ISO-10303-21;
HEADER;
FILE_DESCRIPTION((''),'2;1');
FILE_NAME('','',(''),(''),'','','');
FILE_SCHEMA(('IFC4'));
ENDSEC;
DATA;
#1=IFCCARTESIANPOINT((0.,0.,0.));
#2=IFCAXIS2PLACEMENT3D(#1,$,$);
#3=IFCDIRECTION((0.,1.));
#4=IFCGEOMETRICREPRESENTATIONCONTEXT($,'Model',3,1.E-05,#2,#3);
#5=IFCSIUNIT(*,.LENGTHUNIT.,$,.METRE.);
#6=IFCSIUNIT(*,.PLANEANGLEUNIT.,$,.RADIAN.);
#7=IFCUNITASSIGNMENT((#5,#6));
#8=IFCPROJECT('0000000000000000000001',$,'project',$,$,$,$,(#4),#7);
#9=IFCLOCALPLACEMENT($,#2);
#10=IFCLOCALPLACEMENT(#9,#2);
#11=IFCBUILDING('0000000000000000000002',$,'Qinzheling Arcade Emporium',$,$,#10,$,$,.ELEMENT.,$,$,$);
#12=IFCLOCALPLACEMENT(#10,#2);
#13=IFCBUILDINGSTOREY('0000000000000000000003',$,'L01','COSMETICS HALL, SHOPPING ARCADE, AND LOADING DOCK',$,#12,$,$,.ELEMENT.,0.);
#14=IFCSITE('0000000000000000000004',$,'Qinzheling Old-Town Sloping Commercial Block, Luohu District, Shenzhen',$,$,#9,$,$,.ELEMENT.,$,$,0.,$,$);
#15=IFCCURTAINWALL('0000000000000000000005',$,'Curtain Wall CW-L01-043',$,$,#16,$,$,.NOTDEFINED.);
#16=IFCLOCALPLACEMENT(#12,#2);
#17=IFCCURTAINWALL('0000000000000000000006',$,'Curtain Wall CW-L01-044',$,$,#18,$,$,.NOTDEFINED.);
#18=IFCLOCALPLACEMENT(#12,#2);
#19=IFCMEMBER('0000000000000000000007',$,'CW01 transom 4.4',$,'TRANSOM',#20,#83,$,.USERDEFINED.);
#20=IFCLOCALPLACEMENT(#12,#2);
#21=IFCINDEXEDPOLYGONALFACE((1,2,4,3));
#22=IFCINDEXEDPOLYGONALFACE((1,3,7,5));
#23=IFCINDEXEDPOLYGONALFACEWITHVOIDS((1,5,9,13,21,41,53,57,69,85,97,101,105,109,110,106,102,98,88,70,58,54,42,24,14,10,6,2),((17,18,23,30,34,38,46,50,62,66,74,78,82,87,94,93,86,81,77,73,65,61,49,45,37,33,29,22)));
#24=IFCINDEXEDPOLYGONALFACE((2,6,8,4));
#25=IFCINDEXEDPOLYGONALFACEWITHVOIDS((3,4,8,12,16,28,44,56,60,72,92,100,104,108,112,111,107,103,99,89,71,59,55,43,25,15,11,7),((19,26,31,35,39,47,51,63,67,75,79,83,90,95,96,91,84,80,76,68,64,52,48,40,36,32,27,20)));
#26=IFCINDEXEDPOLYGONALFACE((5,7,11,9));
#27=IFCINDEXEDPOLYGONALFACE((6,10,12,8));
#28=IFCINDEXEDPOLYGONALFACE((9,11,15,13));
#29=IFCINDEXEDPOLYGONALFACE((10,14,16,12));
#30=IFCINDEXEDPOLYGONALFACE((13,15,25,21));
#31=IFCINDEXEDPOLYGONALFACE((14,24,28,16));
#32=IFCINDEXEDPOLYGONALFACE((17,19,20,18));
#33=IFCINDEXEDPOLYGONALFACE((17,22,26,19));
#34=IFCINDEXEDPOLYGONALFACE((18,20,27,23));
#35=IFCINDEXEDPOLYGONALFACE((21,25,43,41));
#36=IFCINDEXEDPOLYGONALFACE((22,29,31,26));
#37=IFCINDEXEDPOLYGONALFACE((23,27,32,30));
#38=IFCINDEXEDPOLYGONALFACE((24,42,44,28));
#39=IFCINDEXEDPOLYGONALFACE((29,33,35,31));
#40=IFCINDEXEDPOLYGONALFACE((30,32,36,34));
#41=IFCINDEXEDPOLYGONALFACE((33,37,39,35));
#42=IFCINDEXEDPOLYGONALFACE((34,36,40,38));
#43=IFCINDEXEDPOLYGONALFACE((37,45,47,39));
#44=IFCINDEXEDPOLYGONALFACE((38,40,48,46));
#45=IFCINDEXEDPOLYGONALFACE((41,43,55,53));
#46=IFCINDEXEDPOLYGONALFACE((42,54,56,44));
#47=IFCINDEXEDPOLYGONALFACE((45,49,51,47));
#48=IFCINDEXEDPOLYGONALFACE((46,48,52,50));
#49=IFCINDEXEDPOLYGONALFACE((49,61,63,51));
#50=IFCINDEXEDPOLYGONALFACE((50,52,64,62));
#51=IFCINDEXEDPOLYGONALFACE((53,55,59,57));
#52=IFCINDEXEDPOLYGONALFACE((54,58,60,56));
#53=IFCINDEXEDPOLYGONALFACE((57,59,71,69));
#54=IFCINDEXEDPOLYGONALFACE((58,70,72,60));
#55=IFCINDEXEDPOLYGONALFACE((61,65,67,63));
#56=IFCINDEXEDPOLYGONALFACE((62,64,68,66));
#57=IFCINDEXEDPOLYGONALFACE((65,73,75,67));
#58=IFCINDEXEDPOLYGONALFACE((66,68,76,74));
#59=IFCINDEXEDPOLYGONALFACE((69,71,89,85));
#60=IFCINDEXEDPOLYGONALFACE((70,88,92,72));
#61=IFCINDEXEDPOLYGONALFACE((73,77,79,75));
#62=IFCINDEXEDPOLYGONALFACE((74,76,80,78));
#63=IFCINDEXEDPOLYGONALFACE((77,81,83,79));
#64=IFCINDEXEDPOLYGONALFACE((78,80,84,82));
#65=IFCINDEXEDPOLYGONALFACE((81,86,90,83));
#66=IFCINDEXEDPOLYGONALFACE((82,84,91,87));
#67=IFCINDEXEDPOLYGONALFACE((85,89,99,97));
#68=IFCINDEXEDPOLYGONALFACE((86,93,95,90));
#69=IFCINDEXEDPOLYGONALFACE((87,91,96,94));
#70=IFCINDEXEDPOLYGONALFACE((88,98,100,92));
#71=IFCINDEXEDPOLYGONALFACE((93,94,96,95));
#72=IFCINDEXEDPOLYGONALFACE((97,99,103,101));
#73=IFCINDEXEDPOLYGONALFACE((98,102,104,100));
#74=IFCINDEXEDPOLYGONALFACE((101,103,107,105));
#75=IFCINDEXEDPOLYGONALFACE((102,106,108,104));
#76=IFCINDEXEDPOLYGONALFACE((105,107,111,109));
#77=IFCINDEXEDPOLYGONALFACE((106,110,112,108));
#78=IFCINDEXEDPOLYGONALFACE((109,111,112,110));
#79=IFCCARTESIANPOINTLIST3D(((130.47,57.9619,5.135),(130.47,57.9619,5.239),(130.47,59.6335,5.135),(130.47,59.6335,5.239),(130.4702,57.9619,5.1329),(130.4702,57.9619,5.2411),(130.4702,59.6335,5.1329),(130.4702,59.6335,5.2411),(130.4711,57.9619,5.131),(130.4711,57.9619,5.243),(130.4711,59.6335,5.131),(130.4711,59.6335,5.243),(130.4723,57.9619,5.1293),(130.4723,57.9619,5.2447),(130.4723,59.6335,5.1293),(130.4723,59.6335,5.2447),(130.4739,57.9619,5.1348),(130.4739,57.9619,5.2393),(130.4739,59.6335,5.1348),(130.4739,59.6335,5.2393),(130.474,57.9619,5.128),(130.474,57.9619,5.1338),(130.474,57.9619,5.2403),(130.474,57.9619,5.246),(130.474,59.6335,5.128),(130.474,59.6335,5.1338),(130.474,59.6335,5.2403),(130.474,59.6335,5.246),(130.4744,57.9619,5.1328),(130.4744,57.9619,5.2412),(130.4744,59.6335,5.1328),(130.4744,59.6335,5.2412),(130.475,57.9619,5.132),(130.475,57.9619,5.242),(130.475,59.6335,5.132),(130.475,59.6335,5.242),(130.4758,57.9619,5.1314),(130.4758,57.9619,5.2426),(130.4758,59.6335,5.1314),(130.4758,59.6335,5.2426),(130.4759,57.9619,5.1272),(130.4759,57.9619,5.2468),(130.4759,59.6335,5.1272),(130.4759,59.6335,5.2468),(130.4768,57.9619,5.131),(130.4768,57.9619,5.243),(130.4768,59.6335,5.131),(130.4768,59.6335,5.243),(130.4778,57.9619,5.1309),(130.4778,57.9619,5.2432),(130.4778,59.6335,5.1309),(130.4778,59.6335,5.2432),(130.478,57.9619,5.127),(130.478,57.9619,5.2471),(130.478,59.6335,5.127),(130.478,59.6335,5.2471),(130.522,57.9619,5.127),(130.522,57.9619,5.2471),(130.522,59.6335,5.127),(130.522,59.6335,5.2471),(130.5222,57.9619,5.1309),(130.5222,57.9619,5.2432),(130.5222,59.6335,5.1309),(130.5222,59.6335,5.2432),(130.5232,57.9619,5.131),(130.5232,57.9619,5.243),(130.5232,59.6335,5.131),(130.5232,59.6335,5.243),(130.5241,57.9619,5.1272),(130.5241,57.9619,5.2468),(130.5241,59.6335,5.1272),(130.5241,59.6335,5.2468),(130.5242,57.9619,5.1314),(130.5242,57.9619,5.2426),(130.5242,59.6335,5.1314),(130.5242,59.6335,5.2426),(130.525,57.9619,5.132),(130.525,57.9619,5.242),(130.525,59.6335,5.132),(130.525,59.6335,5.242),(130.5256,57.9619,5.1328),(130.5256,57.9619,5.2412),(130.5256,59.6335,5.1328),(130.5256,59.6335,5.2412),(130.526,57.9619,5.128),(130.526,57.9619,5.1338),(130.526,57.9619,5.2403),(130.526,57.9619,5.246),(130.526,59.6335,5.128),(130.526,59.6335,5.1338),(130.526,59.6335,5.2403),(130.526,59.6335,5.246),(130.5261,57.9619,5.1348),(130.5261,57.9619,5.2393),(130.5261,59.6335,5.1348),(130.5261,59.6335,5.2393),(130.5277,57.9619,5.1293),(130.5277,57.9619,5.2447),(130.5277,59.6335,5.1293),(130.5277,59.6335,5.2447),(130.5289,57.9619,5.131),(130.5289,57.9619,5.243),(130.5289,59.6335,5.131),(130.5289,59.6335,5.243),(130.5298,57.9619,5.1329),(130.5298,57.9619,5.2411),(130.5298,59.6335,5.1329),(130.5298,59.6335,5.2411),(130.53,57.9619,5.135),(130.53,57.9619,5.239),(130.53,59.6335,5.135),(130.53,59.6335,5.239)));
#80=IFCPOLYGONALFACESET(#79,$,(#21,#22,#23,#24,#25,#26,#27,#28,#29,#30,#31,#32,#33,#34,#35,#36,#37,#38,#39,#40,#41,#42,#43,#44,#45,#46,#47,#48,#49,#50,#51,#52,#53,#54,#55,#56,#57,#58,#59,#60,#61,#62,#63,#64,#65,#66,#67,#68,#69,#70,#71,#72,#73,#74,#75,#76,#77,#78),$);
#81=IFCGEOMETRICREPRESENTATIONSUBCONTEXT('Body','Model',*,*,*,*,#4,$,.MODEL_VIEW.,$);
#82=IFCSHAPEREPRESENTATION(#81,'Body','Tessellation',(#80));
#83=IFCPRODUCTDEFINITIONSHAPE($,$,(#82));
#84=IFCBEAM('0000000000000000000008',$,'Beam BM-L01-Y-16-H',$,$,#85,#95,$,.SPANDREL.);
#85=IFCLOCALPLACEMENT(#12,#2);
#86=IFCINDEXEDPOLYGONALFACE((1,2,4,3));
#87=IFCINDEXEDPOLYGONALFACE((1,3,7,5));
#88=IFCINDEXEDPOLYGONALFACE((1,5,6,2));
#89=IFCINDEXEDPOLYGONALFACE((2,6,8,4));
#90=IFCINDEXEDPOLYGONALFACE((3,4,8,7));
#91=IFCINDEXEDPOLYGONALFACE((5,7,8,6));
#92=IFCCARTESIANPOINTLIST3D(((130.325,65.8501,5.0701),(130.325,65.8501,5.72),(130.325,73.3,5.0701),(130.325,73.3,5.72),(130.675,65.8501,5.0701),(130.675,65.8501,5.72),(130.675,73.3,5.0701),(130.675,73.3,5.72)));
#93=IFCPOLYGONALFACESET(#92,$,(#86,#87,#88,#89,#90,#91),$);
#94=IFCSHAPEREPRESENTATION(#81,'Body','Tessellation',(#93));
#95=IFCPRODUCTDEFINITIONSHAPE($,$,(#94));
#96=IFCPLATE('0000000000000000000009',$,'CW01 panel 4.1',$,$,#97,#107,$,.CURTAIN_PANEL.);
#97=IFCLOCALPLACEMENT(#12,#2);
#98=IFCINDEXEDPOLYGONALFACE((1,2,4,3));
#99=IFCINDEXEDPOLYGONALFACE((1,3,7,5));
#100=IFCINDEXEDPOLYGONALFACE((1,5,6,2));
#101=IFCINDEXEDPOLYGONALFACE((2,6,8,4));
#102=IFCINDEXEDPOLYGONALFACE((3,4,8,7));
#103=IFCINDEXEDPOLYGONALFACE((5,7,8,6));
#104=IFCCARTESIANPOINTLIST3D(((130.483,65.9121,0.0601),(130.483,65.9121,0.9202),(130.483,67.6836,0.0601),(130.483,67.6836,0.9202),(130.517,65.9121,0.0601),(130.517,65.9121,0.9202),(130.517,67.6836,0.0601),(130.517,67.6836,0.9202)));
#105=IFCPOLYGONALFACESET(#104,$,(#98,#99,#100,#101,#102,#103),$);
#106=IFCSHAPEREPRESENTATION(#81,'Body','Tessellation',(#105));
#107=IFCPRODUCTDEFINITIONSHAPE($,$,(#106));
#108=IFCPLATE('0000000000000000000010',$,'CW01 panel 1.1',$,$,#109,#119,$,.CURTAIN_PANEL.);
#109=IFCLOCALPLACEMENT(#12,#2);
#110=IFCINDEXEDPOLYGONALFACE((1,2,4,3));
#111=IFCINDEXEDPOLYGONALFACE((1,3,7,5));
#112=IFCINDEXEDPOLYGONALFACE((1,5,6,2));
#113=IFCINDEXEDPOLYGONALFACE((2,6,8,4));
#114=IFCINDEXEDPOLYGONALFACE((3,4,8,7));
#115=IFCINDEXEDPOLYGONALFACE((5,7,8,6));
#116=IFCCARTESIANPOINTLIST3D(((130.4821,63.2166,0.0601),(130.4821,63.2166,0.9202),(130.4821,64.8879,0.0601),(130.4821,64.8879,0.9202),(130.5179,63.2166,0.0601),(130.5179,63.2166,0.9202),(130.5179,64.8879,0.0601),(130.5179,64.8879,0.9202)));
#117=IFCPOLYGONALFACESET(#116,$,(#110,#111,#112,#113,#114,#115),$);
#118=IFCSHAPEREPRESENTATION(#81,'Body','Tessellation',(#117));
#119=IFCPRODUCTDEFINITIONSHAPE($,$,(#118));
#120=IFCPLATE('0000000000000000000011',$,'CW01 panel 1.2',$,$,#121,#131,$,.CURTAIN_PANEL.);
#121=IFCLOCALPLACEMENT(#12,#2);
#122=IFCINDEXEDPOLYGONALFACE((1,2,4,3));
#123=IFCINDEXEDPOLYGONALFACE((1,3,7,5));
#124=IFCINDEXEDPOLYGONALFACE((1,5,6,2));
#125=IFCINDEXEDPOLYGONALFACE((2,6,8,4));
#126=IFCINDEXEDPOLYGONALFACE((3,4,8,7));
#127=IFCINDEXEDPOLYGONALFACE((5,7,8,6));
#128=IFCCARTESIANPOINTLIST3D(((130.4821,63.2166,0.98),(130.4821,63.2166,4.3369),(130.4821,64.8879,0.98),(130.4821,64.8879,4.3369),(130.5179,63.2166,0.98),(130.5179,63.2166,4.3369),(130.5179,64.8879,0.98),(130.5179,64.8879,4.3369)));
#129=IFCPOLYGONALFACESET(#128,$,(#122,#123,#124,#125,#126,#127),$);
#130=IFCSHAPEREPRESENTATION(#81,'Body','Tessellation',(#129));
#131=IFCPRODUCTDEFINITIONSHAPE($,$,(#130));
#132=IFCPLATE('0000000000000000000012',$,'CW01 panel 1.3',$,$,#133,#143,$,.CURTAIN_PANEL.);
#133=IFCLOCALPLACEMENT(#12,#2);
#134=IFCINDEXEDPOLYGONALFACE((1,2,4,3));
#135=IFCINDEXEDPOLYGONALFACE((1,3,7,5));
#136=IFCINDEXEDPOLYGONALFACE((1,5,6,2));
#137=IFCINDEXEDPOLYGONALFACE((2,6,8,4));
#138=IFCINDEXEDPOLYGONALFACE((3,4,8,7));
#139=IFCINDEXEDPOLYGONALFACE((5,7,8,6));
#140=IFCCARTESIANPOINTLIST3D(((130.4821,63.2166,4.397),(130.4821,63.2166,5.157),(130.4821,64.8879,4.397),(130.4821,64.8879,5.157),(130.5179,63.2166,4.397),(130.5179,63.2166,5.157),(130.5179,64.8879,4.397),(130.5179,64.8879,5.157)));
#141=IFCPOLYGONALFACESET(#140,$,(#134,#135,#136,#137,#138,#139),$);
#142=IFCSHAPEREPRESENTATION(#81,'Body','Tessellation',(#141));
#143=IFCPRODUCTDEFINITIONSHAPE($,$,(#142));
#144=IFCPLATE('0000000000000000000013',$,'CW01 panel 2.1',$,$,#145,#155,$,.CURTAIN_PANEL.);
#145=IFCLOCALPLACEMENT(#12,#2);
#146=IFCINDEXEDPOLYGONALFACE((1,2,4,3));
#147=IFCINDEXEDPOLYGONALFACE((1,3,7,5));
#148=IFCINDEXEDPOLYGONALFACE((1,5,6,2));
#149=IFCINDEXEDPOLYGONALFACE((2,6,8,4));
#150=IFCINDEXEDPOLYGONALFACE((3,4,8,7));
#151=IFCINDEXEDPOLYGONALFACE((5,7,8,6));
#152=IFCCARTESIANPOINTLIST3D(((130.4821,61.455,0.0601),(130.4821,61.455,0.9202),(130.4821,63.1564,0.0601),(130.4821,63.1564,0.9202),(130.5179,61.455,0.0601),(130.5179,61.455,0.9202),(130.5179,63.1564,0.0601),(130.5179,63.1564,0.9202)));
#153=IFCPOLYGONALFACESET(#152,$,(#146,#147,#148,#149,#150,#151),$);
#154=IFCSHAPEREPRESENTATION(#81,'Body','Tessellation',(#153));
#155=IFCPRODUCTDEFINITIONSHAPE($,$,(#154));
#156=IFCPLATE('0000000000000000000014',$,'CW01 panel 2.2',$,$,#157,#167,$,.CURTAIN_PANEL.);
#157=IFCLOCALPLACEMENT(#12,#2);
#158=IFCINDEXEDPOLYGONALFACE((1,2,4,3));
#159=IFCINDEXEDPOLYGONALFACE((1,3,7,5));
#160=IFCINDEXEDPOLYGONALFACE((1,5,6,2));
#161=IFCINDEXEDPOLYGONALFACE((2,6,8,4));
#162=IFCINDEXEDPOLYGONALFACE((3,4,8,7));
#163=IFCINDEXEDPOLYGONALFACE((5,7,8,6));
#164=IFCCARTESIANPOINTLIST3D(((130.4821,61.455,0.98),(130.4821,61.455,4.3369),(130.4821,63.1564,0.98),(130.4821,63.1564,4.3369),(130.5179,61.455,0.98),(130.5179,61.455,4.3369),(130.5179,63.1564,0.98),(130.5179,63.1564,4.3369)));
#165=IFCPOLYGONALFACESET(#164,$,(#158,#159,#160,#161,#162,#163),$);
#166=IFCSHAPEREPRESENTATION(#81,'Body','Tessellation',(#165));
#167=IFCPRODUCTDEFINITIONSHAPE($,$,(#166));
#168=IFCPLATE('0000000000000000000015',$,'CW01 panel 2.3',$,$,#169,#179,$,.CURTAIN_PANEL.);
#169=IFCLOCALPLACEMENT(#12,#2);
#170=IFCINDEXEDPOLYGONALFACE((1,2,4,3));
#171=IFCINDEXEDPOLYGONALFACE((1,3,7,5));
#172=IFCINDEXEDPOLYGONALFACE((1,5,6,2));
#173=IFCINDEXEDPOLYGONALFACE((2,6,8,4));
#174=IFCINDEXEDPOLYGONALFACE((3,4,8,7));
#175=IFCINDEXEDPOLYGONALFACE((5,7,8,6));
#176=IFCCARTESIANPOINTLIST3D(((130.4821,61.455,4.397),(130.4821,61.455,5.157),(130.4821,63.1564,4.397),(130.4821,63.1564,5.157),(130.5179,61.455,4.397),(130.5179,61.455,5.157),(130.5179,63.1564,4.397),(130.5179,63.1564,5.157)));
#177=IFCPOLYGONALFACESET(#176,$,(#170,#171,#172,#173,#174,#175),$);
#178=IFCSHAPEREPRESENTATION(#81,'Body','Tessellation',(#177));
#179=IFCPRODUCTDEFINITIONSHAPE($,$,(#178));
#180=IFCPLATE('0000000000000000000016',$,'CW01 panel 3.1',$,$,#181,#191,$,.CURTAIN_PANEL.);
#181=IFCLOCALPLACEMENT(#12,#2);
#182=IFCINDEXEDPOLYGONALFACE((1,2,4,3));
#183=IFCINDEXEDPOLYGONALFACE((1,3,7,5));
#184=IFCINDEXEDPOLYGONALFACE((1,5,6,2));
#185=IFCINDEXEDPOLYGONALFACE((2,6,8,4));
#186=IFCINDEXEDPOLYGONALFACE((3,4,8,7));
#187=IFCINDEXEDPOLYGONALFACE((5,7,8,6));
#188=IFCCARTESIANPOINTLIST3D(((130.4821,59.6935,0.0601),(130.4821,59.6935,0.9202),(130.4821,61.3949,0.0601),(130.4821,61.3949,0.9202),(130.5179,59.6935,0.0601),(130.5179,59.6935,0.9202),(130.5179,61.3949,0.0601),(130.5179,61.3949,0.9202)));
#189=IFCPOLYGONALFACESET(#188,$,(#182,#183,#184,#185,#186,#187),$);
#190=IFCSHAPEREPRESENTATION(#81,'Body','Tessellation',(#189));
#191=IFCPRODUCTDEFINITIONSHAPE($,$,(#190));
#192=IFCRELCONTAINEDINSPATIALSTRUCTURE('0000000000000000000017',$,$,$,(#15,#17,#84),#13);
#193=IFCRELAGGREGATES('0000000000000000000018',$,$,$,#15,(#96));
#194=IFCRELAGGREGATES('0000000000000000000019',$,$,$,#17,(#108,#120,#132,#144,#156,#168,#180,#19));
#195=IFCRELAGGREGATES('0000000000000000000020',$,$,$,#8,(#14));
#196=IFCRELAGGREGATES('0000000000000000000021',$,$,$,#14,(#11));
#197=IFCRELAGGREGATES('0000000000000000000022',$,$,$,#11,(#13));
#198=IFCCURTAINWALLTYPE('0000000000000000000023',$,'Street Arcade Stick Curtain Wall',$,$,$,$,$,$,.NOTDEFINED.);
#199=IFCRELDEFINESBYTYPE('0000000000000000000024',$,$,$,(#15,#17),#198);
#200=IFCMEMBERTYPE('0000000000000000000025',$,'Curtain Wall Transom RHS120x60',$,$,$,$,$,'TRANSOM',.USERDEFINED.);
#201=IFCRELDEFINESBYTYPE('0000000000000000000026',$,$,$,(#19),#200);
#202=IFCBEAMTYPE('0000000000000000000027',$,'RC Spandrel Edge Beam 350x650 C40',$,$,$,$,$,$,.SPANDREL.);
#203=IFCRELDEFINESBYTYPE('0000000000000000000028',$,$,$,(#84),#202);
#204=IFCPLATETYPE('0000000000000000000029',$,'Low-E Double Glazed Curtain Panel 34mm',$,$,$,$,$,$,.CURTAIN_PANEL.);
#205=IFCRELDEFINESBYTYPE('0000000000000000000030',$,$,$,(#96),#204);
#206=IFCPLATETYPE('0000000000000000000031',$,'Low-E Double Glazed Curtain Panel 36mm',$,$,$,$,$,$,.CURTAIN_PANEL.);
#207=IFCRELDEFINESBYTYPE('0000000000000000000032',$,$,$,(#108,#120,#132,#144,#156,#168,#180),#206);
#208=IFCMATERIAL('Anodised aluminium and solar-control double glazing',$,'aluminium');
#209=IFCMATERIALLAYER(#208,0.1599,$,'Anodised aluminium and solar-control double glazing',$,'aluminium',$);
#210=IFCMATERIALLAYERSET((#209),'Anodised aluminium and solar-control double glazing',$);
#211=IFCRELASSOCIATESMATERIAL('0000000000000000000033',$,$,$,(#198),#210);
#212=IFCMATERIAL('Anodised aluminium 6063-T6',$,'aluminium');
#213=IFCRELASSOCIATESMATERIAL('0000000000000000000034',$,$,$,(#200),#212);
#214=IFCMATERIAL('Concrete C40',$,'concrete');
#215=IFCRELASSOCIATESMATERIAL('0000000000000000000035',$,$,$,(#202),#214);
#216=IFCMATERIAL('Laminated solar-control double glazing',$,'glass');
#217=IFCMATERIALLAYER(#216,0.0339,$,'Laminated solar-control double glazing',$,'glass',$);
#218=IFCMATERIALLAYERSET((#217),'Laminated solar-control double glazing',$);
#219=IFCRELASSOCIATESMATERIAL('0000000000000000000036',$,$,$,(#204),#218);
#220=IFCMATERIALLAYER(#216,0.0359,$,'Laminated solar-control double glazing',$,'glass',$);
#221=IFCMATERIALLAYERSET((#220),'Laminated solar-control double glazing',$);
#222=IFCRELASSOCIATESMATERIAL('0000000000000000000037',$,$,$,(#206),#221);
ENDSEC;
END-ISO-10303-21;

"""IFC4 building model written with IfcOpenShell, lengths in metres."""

from ifc_helpers import new_model, si_unit, direction, frame, origin, origin_2d, place, context, subcontext, project, spatial, rectangle, hollow_rectangle, extrude, material, layer, layer_set, material_profile, profile_set, type_object, element, aggregate, save


model = new_model("IFC4")

# Units and contexts
model_context = context("Model", 3, precision=1e-05, world=origin(), true_north=direction((0.0, 1.0)))
body_context = subcontext(model_context, "Body", "Model", "MODEL_VIEW")
ifc_project = project(units=[si_unit("LENGTHUNIT", "METRE"), si_unit("PLANEANGLEUNIT", "RADIAN")], contexts=[model_context])

# Site, building, storey
site_placement = place(None, origin())
site = spatial("IfcSite", under=ifc_project, at=site_placement, Name="Qinzheling Old-Town Sloping Commercial Block, Luohu District, Shenzhen", CompositionType="ELEMENT", RefElevation=0.0)
building_placement = place(site_placement, origin())
building = spatial("IfcBuilding", under=site, at=building_placement, Name="Qinzheling Arcade Emporium", CompositionType="ELEMENT")
storey_placement = place(building_placement, origin())
storey = spatial("IfcBuildingStorey", under=building, at=storey_placement, Name="L01", Description="COSMETICS HALL, SHOPPING ARCADE, AND LOADING DOCK", CompositionType="ELEMENT", Elevation=0.0)

# Curtain wall
ifc_material_1 = material(Name="Anodised aluminium and solar-control double glazing", Category="aluminium")
ifc_layer_1 = layer(ifc_material_1, 0.1599, Name="Anodised aluminium and solar-control double glazing", Category="aluminium")
ifc_layer_set_1 = layer_set([ifc_layer_1], Name="Anodised aluminium and solar-control double glazing")
curtain_wall_type = type_object("IfcCurtainWallType", Name="Street Arcade Stick Curtain Wall", PredefinedType="NOTDEFINED", material=ifc_layer_set_1)
curtain_wall_1_placement = place(storey_placement, origin())
curtain_wall_1 = element("IfcCurtainWall", 1, at=curtain_wall_1_placement, inside=storey, type_object=curtain_wall_type, Name="Curtain Wall CW-L01-043", PredefinedType="NOTDEFINED")
ifc_material_2 = material(Name="Anodised aluminium 6063-T6", Category="aluminium")

# Curtain wall, member
curtain_wall_2_placement = place(storey_placement, origin())
curtain_wall_2 = element("IfcCurtainWall", 2, at=curtain_wall_2_placement, inside=storey, type_object=curtain_wall_type, Name="Curtain Wall CW-L01-044", PredefinedType="NOTDEFINED")
ifc_material_profile_1 = material_profile(ifc_material_2, hollow_rectangle(XDim=0.0601, YDim=0.1201, WallThickness=0.0039, InnerFilletRadius=0.0039, OuterFilletRadius=0.0081, at=origin_2d()), Name="RHS 120x60x4", Category="aluminium")
ifc_profile_set_1 = profile_set([ifc_material_profile_1], Name="Anodised aluminium 6063-T6")
member_type_1 = type_object("IfcMemberType", Name="Curtain Wall Transom RHS120x60", ElementType="TRANSOM", PredefinedType="USERDEFINED", material=ifc_profile_set_1)
member_1_placement = place(storey_placement, frame((130.5, 59.6335, 5.187), z_axis=(0.0, -1.0, 0.0), x_axis=(1.0, 0.0, 0.0)))
member_1 = element("IfcMember", 3, at=member_1_placement, type_object=member_type_1, Name="CW01 transom 4.4", ObjectType="TRANSOM", PredefinedType="USERDEFINED", context=body_context, shape_type="SweptSolid", body=[
    extrude(hollow_rectangle(XDim=0.0601, YDim=0.1201, WallThickness=0.0039, InnerFilletRadius=0.0039, OuterFilletRadius=0.0081, at=origin_2d()), origin(), (0.0, 0.0, 1.0), 1.6716),
])

# Beam
ifc_material_3 = material(Name="Concrete C40", Category="concrete")
ifc_material_profile_2 = material_profile(ifc_material_3, rectangle(XDim=0.3501, YDim=0.6499, at=origin_2d()), Name="RC 350x650", Category="concrete")
ifc_profile_set_2 = profile_set([ifc_material_profile_2], Name="Concrete C40")
beam_type = type_object("IfcBeamType", Name="RC Spandrel Edge Beam 350x650 C40", PredefinedType="SPANDREL", material=ifc_profile_set_2)
beam_placement = place(storey_placement, frame((130.5, 65.8501, 5.395), z_axis=(0.0, 1.0, 0.0), x_axis=(-1.0, 0.0, 0.0)))
element("IfcBeam", 4, at=beam_placement, inside=storey, type_object=beam_type, Name="Beam BM-L01-Y-16-H", PredefinedType="SPANDREL", context=body_context, shape_type="SweptSolid", body=[
    extrude(rectangle(XDim=0.3501, YDim=0.6499, at=origin_2d()), origin(), (0.0, 0.0, 1.0), 7.45),
])

# Plates
ifc_material_4 = material(Name="Laminated solar-control double glazing", Category="glass")
ifc_layer_2 = layer(ifc_material_4, 0.0339, Name="Laminated solar-control double glazing", Category="glass")
ifc_layer_set_2 = layer_set([ifc_layer_2], Name="Laminated solar-control double glazing")
plate_type_1 = type_object("IfcPlateType", Name="Low-E Double Glazed Curtain Panel 34mm", PredefinedType="CURTAIN_PANEL", material=ifc_layer_set_2)
plate_1_placement = place(storey_placement, frame((130.5, 66.7979, 0.0601), z_axis=(0.0, 0.0, 1.0), x_axis=(0.0, -1.0, 0.0)))
plate_1 = element("IfcPlate", 5, at=plate_1_placement, type_object=plate_type_1, Name="CW01 panel 4.1", PredefinedType="CURTAIN_PANEL", context=body_context, shape_type="SweptSolid", body=[
    extrude(rectangle(XDim=1.7715, YDim=0.0339, at=origin_2d()), origin(), (0.0, 0.0, 1.0), 0.8601),
])
aggregate(curtain_wall_1, [plate_1])
ifc_layer_3 = layer(ifc_material_4, 0.0359, Name="Laminated solar-control double glazing", Category="glass")
ifc_layer_set_3 = layer_set([ifc_layer_3], Name="Laminated solar-control double glazing")
plate_type_2 = type_object("IfcPlateType", Name="Low-E Double Glazed Curtain Panel 36mm", PredefinedType="CURTAIN_PANEL", material=ifc_layer_set_3)
plate_2_placement = place(storey_placement, frame((130.5, 64.0522, 0.0601), z_axis=(0.0, 0.0, 1.0), x_axis=(0.0, -1.0, 0.0)))
plate_2 = element("IfcPlate", 6, at=plate_2_placement, type_object=plate_type_2, Name="CW01 panel 1.1", PredefinedType="CURTAIN_PANEL", context=body_context, shape_type="SweptSolid", body=[
    extrude(rectangle(XDim=1.6714, YDim=0.0359, at=origin_2d()), origin(), (0.0, 0.0, 1.0), 0.8601),
])
plate_3_placement = place(storey_placement, frame((130.5, 64.0522, 0.98), z_axis=(0.0, 0.0, 1.0), x_axis=(0.0, -1.0, 0.0)))
plate_3 = element("IfcPlate", 7, at=plate_3_placement, type_object=plate_type_2, Name="CW01 panel 1.2", PredefinedType="CURTAIN_PANEL", context=body_context, shape_type="SweptSolid", body=[
    extrude(rectangle(XDim=1.6714, YDim=0.0359, at=origin_2d()), origin(), (0.0, 0.0, 1.0), 3.3569),
])
plate_4_placement = place(storey_placement, frame((130.5, 64.0522, 4.397), z_axis=(0.0, 0.0, 1.0), x_axis=(0.0, -1.0, 0.0)))
plate_4 = element("IfcPlate", 8, at=plate_4_placement, type_object=plate_type_2, Name="CW01 panel 1.3", PredefinedType="CURTAIN_PANEL", context=body_context, shape_type="SweptSolid", body=[
    extrude(rectangle(XDim=1.6714, YDim=0.0359, at=origin_2d()), origin(), (0.0, 0.0, 1.0), 0.76),
])
plate_5_placement = place(storey_placement, frame((130.5, 62.3057, 0.0601), z_axis=(0.0, 0.0, 1.0), x_axis=(0.0, -1.0, 0.0)))
plate_5 = element("IfcPlate", 9, at=plate_5_placement, type_object=plate_type_2, Name="CW01 panel 2.1", PredefinedType="CURTAIN_PANEL", context=body_context, shape_type="SweptSolid", body=[
    extrude(rectangle(XDim=1.7014, YDim=0.0359, at=origin_2d()), origin(), (0.0, 0.0, 1.0), 0.8601),
])
plate_6_placement = place(storey_placement, frame((130.5, 62.3057, 0.98), z_axis=(0.0, 0.0, 1.0), x_axis=(0.0, -1.0, 0.0)))
plate_6 = element("IfcPlate", 10, at=plate_6_placement, type_object=plate_type_2, Name="CW01 panel 2.2", PredefinedType="CURTAIN_PANEL", context=body_context, shape_type="SweptSolid", body=[
    extrude(rectangle(XDim=1.7014, YDim=0.0359, at=origin_2d()), origin(), (0.0, 0.0, 1.0), 3.3569),
])
plate_7_placement = place(storey_placement, frame((130.5, 62.3057, 4.397), z_axis=(0.0, 0.0, 1.0), x_axis=(0.0, -1.0, 0.0)))
plate_7 = element("IfcPlate", 11, at=plate_7_placement, type_object=plate_type_2, Name="CW01 panel 2.3", PredefinedType="CURTAIN_PANEL", context=body_context, shape_type="SweptSolid", body=[
    extrude(rectangle(XDim=1.7014, YDim=0.0359, at=origin_2d()), origin(), (0.0, 0.0, 1.0), 0.76),
])
plate_8_placement = place(storey_placement, frame((130.5, 60.5442, 0.0601), z_axis=(0.0, 0.0, 1.0), x_axis=(0.0, -1.0, 0.0)))
plate_8 = element("IfcPlate", 12, at=plate_8_placement, type_object=plate_type_2, Name="CW01 panel 3.1", PredefinedType="CURTAIN_PANEL", context=body_context, shape_type="SweptSolid", body=[
    extrude(rectangle(XDim=1.7014, YDim=0.0359, at=origin_2d()), origin(), (0.0, 0.0, 1.0), 0.8601),
])
aggregate(curtain_wall_2, [plate_2, plate_3, plate_4, plate_5, plate_6, plate_7, plate_8, member_1])

save(model, "model.ifc")
